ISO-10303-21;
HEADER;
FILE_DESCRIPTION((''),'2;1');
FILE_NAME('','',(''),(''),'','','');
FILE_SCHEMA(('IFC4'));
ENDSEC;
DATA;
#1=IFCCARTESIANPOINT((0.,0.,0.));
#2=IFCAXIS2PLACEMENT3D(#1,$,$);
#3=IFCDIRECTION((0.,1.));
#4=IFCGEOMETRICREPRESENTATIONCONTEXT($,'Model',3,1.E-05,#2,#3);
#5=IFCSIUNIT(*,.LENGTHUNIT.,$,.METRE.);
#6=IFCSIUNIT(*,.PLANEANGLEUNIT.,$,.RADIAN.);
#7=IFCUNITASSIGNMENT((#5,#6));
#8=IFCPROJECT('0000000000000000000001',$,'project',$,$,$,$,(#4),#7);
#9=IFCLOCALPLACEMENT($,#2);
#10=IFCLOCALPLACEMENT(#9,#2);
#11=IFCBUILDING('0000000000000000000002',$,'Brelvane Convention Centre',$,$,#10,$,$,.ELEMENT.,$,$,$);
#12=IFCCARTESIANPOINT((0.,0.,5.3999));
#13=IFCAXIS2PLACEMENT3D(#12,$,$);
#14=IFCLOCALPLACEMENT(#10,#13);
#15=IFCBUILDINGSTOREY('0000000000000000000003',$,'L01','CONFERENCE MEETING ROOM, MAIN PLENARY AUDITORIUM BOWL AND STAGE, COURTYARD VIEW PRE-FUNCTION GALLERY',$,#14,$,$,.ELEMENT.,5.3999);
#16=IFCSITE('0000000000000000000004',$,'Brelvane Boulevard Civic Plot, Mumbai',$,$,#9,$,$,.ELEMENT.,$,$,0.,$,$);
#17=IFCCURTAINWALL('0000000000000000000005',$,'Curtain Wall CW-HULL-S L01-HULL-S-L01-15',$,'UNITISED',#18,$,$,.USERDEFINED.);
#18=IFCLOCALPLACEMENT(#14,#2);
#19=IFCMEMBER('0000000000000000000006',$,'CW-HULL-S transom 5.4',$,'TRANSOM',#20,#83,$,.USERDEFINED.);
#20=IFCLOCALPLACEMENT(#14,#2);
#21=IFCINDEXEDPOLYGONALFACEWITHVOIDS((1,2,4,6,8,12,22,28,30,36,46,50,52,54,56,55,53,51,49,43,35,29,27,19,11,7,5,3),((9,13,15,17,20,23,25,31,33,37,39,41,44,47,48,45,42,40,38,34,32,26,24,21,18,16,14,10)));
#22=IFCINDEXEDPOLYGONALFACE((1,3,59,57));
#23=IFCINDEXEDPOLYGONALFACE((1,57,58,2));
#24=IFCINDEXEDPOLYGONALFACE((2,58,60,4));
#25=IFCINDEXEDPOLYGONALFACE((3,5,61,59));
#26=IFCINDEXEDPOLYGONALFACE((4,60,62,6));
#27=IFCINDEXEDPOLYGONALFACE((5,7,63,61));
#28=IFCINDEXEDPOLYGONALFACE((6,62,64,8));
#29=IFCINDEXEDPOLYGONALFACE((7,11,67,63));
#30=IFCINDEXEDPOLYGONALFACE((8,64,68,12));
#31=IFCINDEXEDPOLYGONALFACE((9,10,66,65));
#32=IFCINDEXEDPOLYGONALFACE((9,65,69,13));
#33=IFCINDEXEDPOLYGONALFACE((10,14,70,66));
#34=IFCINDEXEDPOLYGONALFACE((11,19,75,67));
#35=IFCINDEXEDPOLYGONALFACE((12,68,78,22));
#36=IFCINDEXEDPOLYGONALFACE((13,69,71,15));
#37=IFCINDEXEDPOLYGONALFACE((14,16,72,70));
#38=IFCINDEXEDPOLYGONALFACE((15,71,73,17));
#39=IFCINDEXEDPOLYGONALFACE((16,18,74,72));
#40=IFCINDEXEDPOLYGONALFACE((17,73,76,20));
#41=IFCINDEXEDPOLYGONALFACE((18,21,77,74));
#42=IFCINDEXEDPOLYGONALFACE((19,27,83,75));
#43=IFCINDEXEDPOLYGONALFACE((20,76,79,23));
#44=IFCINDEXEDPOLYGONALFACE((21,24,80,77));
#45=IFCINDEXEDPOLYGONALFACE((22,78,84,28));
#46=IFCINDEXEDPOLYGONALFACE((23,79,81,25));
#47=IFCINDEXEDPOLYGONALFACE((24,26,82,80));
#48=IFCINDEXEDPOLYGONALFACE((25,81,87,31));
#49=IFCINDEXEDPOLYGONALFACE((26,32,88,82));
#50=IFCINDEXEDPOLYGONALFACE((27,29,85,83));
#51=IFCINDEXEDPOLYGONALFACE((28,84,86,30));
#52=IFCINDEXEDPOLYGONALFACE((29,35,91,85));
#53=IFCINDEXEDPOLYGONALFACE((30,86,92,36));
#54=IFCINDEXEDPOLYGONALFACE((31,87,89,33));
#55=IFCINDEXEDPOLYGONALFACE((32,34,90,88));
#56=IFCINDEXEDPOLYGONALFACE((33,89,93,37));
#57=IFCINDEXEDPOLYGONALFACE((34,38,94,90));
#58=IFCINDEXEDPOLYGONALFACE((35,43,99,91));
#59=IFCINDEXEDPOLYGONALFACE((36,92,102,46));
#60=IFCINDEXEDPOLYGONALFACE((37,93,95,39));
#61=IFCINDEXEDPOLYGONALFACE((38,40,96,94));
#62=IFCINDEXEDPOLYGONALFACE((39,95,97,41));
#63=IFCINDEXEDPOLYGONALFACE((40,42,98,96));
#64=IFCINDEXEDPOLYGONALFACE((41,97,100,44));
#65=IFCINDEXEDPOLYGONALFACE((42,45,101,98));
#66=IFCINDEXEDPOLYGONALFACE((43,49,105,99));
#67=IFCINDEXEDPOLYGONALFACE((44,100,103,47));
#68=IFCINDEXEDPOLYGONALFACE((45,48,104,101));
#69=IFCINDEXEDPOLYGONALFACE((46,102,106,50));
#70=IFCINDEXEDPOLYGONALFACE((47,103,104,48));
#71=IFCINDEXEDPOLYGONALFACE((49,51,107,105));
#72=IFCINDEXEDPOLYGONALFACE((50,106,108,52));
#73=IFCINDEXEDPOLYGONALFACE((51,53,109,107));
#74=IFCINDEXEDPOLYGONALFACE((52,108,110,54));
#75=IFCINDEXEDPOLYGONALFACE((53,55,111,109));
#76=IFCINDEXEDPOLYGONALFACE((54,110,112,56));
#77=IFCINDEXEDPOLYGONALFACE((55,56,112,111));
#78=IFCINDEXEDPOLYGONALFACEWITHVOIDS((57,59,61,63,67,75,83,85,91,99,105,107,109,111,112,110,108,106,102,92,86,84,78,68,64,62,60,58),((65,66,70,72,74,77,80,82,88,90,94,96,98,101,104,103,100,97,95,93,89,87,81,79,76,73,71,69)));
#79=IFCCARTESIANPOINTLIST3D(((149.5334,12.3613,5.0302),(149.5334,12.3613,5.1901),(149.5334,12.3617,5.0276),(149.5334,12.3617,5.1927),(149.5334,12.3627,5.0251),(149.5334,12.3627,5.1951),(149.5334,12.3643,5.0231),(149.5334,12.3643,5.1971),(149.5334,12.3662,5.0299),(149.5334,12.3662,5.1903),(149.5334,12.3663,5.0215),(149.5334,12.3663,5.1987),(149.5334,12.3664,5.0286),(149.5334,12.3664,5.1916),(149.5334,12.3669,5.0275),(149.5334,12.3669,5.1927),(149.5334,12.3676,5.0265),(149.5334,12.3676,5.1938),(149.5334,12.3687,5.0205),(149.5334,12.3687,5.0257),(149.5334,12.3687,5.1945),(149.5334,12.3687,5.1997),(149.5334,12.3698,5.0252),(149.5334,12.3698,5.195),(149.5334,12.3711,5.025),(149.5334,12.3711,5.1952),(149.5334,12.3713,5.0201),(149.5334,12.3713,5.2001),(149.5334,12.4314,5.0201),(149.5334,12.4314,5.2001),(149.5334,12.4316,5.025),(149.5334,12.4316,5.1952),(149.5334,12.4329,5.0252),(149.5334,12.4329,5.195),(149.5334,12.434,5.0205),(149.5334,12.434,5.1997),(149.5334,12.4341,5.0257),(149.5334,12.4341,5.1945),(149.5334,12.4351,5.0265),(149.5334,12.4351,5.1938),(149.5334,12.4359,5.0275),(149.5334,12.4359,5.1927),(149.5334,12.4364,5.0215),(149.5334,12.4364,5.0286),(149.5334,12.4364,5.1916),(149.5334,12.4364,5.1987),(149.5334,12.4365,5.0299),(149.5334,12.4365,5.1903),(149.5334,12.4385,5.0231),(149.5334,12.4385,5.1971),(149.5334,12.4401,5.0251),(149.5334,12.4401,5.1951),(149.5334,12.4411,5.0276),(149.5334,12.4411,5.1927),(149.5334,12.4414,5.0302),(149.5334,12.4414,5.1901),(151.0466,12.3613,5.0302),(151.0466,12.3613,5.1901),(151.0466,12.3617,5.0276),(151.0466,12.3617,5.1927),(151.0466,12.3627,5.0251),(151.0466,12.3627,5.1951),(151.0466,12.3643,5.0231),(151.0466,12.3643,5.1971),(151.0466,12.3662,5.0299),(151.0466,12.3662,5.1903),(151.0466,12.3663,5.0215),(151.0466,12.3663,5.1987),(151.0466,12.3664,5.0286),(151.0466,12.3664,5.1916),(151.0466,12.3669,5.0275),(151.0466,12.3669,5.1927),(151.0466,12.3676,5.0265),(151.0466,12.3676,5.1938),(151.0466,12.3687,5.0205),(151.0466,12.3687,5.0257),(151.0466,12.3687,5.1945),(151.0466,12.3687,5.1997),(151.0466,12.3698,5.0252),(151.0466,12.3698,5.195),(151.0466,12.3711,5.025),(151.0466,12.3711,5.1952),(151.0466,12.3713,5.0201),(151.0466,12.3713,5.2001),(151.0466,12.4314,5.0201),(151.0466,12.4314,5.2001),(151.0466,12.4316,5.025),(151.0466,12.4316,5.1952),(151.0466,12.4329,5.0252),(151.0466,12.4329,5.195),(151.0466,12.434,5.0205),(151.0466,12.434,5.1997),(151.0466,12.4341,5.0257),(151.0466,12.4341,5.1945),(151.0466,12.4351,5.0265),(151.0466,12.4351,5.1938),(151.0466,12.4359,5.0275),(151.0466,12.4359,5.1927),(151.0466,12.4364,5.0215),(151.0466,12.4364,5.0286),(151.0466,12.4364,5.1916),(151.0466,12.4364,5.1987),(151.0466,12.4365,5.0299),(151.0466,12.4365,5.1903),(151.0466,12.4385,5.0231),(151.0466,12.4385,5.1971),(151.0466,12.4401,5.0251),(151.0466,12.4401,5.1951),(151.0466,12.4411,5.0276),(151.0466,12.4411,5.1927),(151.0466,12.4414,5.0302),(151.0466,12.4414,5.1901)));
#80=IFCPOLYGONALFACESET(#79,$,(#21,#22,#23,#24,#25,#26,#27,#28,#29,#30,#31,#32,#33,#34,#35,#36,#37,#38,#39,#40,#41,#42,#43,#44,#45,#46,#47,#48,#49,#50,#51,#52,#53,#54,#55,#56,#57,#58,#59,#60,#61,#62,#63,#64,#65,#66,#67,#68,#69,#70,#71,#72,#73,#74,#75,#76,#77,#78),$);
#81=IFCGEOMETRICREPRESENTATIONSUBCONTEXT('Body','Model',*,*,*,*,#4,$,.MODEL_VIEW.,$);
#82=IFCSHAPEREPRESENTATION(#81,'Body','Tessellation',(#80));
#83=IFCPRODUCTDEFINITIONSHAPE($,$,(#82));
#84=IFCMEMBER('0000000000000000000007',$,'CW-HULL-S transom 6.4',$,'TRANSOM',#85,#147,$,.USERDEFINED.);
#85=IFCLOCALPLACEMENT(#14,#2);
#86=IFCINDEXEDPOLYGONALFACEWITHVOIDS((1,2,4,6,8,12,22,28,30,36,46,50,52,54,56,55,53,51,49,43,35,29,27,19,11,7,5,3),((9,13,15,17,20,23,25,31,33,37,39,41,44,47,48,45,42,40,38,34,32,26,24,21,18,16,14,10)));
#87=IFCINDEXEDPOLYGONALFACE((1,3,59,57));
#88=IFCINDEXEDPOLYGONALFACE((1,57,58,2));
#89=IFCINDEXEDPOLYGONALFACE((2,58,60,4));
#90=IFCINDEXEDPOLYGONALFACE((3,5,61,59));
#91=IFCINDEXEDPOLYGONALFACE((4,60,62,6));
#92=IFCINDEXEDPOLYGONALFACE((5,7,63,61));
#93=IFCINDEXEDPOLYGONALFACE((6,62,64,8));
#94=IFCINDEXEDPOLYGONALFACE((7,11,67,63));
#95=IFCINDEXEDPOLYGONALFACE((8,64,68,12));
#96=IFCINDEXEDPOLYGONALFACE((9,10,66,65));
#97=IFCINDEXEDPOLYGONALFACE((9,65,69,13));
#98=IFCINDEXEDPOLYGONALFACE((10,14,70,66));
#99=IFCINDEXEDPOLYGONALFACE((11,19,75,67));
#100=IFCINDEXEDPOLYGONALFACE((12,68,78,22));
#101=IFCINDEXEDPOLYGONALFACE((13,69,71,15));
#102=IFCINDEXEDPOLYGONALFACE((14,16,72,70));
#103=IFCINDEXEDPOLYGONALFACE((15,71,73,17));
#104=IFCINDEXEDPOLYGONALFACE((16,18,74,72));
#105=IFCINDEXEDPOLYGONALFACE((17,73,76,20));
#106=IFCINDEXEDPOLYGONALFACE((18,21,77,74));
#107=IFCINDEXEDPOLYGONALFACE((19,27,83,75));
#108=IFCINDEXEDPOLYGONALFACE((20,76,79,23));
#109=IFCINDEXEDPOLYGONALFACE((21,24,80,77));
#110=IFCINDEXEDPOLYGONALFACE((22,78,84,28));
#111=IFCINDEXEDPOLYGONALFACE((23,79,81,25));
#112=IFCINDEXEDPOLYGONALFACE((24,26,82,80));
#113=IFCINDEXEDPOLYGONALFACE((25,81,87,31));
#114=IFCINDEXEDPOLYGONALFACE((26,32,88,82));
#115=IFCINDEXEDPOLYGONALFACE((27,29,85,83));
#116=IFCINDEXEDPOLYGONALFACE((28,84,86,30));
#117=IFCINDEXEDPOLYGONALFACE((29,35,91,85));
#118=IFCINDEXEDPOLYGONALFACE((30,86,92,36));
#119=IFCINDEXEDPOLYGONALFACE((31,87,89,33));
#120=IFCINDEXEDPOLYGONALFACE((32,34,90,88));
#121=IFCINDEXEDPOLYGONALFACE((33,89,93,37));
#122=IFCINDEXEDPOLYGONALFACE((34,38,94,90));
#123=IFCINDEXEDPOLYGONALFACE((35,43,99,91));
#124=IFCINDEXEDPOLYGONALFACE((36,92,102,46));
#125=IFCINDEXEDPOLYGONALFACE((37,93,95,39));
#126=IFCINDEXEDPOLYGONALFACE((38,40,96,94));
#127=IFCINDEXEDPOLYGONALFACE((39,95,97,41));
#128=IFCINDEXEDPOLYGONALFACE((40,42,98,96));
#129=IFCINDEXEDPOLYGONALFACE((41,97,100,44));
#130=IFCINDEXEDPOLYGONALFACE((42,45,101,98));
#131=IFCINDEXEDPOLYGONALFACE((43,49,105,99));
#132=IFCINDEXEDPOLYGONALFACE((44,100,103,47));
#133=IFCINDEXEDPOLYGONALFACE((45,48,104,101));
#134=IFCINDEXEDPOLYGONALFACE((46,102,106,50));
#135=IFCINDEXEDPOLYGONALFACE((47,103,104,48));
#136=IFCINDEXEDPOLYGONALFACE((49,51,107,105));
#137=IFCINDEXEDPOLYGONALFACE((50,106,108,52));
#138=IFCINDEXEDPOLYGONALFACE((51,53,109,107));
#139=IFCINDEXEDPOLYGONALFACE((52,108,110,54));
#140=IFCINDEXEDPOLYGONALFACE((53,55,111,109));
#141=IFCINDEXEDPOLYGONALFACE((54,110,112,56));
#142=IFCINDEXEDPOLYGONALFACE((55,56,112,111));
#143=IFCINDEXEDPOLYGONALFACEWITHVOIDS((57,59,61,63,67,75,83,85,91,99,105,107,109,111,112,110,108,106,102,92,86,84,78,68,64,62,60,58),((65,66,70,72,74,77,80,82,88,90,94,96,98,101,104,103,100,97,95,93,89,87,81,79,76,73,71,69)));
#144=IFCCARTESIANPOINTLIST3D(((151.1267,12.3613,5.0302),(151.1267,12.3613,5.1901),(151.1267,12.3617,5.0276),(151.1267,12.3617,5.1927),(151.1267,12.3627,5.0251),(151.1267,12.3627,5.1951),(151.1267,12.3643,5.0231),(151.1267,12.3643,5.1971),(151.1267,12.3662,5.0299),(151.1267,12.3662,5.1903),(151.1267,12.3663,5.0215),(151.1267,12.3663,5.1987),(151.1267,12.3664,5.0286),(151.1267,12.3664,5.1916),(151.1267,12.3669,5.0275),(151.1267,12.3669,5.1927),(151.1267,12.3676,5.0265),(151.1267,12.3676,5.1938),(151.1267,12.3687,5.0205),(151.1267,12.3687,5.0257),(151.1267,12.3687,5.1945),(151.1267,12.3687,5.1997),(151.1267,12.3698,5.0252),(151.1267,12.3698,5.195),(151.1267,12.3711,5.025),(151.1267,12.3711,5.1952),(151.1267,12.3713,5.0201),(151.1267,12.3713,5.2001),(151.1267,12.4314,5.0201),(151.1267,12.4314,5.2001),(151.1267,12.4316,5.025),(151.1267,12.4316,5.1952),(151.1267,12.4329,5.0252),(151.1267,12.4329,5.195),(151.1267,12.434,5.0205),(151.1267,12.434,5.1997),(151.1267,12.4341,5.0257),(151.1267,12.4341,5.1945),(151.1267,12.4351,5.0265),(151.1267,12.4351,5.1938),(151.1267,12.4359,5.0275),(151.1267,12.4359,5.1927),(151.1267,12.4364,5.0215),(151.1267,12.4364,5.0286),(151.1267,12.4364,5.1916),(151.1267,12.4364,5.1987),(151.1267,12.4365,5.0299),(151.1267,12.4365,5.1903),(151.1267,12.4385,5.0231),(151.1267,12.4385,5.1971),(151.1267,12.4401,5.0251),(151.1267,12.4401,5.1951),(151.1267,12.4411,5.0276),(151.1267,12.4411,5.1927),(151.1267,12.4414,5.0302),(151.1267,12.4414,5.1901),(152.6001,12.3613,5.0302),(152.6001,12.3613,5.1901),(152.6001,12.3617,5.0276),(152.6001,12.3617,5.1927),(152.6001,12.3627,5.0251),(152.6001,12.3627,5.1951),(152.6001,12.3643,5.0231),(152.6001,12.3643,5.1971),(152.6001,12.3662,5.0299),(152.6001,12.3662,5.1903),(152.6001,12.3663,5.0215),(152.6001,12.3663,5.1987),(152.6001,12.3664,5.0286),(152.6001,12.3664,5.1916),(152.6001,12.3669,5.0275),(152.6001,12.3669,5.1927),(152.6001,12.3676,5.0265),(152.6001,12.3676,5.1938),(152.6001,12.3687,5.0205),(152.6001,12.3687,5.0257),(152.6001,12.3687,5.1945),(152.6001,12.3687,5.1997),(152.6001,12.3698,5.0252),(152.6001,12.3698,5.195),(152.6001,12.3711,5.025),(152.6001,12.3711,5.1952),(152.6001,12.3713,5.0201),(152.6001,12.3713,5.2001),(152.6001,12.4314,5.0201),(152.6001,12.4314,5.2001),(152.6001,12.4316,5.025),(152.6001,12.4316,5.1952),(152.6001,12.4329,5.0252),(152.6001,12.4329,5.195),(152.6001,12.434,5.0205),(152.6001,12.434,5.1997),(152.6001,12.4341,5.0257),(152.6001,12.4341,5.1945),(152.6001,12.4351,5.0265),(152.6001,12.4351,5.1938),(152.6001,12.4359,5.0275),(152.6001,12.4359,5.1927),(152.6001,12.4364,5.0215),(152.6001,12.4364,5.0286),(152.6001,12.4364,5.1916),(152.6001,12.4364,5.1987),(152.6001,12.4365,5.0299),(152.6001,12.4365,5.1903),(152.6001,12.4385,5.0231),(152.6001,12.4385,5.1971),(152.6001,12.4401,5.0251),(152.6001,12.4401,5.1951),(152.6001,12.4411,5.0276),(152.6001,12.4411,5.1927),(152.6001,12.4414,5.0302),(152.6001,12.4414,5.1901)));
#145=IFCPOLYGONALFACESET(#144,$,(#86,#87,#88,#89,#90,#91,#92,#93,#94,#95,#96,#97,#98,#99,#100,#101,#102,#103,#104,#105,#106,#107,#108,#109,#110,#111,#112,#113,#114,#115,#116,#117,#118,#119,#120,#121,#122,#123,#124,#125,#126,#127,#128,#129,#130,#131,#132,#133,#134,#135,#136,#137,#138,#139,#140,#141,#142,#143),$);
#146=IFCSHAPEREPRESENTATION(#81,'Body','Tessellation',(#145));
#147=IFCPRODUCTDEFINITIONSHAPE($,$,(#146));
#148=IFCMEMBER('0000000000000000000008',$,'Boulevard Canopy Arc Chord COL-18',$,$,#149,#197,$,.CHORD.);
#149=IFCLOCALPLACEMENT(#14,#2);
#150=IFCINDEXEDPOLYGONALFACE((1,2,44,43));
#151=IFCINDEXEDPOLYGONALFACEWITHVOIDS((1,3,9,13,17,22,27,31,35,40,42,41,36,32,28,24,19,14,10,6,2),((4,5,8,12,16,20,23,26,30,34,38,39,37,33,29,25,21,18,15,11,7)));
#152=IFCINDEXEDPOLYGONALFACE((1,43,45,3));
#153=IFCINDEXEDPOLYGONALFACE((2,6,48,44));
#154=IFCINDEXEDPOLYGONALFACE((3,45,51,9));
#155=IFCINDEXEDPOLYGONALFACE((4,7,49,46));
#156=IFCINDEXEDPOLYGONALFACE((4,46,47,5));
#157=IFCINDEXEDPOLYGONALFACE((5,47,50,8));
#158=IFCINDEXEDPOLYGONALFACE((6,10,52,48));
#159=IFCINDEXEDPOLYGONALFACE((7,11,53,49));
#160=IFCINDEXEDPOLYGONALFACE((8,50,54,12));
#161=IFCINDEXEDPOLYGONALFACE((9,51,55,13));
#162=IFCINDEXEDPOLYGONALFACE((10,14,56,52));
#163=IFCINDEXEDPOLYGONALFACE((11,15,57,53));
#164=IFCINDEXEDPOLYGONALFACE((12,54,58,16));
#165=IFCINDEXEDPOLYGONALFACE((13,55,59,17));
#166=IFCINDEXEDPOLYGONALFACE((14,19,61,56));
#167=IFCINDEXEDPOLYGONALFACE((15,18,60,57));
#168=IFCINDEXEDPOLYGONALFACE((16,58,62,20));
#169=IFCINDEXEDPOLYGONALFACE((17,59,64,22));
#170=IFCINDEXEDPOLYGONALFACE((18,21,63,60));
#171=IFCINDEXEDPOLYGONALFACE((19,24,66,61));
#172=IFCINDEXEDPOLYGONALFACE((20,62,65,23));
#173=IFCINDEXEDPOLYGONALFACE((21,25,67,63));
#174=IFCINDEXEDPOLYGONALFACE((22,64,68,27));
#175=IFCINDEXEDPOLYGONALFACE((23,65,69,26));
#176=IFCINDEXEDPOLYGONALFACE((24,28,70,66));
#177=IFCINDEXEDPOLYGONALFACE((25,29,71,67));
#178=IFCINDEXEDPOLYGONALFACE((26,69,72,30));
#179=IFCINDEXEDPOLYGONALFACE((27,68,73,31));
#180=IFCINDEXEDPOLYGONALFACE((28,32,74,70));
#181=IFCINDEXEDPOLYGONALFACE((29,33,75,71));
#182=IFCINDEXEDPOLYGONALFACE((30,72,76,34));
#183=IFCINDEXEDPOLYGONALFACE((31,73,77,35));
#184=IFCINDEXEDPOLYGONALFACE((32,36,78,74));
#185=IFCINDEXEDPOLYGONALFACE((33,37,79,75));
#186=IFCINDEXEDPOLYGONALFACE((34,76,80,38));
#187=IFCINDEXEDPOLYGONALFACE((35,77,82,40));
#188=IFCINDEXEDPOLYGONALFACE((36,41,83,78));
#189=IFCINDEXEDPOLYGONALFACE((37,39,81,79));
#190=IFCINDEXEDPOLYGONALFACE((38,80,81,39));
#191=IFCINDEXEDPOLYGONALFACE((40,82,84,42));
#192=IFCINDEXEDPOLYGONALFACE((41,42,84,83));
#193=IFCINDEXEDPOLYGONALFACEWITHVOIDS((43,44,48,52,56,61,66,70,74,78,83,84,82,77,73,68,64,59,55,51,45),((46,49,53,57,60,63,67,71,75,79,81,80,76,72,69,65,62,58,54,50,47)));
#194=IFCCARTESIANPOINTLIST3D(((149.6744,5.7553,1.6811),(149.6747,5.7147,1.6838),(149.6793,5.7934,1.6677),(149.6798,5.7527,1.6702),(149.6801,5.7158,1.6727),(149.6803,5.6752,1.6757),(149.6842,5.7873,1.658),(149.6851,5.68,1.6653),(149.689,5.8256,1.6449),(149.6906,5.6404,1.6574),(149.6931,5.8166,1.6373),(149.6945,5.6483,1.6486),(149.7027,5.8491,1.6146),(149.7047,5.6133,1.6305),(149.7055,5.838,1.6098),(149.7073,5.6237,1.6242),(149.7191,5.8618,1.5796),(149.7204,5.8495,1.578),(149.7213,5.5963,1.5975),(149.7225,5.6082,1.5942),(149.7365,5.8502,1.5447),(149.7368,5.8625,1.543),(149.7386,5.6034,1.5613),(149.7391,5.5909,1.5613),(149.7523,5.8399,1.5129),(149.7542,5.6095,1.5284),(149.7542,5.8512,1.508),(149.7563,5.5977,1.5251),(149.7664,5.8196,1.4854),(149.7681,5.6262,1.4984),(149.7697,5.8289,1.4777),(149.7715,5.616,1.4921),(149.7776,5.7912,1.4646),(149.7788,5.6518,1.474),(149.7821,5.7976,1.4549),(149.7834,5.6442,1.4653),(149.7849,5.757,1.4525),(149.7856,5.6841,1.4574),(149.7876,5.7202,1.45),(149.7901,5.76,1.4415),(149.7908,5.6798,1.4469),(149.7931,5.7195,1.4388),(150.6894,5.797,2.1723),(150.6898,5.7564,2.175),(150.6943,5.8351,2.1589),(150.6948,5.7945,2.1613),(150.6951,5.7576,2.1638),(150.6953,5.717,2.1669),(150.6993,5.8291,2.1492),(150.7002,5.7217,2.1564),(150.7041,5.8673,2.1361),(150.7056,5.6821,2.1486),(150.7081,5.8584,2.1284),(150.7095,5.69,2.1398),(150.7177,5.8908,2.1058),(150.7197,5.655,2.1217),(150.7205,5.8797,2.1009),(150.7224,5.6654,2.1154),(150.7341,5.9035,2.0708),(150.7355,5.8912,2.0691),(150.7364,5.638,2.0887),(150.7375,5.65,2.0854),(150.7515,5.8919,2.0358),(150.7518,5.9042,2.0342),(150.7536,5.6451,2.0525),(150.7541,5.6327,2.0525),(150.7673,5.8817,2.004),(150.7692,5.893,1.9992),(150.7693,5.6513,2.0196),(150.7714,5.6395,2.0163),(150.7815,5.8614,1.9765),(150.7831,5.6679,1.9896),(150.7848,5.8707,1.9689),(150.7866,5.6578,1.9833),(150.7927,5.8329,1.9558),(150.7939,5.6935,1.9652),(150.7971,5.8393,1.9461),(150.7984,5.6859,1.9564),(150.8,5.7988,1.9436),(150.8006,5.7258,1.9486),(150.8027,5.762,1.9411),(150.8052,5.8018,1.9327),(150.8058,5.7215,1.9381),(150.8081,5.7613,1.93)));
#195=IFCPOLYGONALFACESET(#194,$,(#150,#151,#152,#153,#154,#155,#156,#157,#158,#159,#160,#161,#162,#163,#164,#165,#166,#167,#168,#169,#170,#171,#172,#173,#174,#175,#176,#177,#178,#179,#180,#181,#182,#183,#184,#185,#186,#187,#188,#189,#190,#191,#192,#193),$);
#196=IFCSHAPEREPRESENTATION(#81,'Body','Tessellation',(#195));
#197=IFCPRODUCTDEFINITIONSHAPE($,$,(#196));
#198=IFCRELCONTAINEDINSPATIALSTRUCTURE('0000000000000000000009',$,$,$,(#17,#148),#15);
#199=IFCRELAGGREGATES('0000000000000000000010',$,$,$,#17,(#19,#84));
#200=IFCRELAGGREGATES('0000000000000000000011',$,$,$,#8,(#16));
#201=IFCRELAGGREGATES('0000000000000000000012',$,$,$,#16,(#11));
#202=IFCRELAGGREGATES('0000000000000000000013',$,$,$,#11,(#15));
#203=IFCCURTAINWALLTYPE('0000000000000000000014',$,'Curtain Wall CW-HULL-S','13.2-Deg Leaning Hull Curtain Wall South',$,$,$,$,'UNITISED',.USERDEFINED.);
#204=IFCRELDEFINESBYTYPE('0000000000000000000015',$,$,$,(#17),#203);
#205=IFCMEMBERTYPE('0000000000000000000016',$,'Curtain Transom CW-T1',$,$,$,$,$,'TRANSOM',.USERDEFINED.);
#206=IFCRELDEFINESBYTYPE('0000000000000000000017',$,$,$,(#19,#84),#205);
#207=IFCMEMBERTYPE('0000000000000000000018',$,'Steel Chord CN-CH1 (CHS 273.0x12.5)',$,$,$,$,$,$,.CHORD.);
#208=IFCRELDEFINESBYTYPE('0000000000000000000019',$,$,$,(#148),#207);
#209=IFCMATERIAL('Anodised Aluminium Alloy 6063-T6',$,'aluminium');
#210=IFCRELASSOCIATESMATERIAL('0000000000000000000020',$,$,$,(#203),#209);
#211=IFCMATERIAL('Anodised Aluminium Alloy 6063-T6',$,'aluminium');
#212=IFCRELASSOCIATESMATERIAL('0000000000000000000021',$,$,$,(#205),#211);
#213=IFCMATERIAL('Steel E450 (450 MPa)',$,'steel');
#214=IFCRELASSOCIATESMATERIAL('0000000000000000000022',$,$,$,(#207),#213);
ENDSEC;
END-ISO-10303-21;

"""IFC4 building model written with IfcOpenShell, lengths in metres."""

from ifc_helpers import new_model, si_unit, direction, frame, origin, origin_2d, place, context, subcontext, project, spatial, hollow_rectangle, hollow_circle, extrude, material, material_profile, profile_set, type_object, element, aggregate, save


model = new_model("IFC4")

# Units and contexts
model_context = context("Model", 3, precision=1e-05, world=origin(), true_north=direction((0.0, 1.0)))
body_context = subcontext(model_context, "Body", "Model", "MODEL_VIEW")
ifc_project = project(units=[si_unit("LENGTHUNIT", "METRE"), si_unit("PLANEANGLEUNIT", "RADIAN")], contexts=[model_context])

# Site, building, storey
site_placement = place(None, origin())
site = spatial("IfcSite", under=ifc_project, at=site_placement, Name="Brelvane Boulevard Civic Plot, Mumbai", CompositionType="ELEMENT", RefElevation=0.0)
building_placement = place(site_placement, origin())
building = spatial("IfcBuilding", under=site, at=building_placement, Name="Brelvane Convention Centre", CompositionType="ELEMENT")
storey_placement = place(building_placement, frame((0.0, 0.0, 5.3999)))
storey = spatial("IfcBuildingStorey", under=building, at=storey_placement, Name="L01", Description="CONFERENCE MEETING ROOM, MAIN PLENARY AUDITORIUM BOWL AND STAGE, COURTYARD VIEW PRE-FUNCTION GALLERY", CompositionType="ELEMENT", Elevation=5.3999)

# Curtain wall, members
ifc_material_1 = material(Name="Anodised Aluminium Alloy 6063-T6", Category="aluminium")
curtain_wall_type = type_object("IfcCurtainWallType", Name="Curtain Wall CW-HULL-S", Description="13.2-Deg Leaning Hull Curtain Wall South", ElementType="UNITISED", PredefinedType="USERDEFINED", material=ifc_material_1)
curtain_wall_placement = place(storey_placement, origin())
curtain_wall = element("IfcCurtainWall", 1, at=curtain_wall_placement, inside=storey, type_object=curtain_wall_type, Name="Curtain Wall CW-HULL-S L01-HULL-S-L01-15", ObjectType="UNITISED", PredefinedType="USERDEFINED")
ifc_material_2 = material(Name="Anodised Aluminium Alloy 6063-T6", Category="aluminium")
ifc_material_profile_1 = material_profile(ifc_material_2, hollow_rectangle(XDim=0.0801, YDim=0.1799, WallThickness=0.0049, InnerFilletRadius=0.0049, OuterFilletRadius=0.01, at=origin_2d()), Name="ALU-T 180x80x5.0")
ifc_profile_set_1 = profile_set([ifc_material_profile_1], Name="Anodised Aluminium Alloy 6063-T6")
member_type_1 = type_object("IfcMemberType", Name="Curtain Transom CW-T1", ElementType="TRANSOM", PredefinedType="USERDEFINED", material=ifc_profile_set_1)
member_1_placement = place(storey_placement, frame((149.5334, 12.4014, 5.1101), z_axis=(1.0, 0.0, 0.0), x_axis=(0.0, 1.0, 0.0)))
member_1 = element("IfcMember", 2, at=member_1_placement, type_object=member_type_1, Name="CW-HULL-S transom 5.4", ObjectType="TRANSOM", PredefinedType="USERDEFINED", context=body_context, shape_type="SweptSolid", body=[
    extrude(hollow_rectangle(XDim=0.0801, YDim=0.1799, WallThickness=0.0049, InnerFilletRadius=0.0049, OuterFilletRadius=0.01, at=origin_2d()), origin(), (0.0, 0.0, 1.0), 1.5132),
])
member_2_placement = place(storey_placement, frame((151.1267, 12.4014, 5.1101), z_axis=(1.0, 0.0, 0.0), x_axis=(0.0, 1.0, 0.0)))
member_2 = element("IfcMember", 3, at=member_2_placement, type_object=member_type_1, Name="CW-HULL-S transom 6.4", ObjectType="TRANSOM", PredefinedType="USERDEFINED", context=body_context, shape_type="SweptSolid", body=[
    extrude(hollow_rectangle(XDim=0.0801, YDim=0.1799, WallThickness=0.0049, InnerFilletRadius=0.0049, OuterFilletRadius=0.01, at=origin_2d()), origin(), (0.0, 0.0, 1.0), 1.4734),
])
aggregate(curtain_wall, [member_1, member_2])

# Member
ifc_material_3 = material(Name="Steel E450 (450 MPa)", Category="steel")
ifc_material_profile_2 = material_profile(ifc_material_3, hollow_circle(Radius=0.1365, WallThickness=0.0125, at=origin_2d()), Name="CHS 273.0x12.5")
ifc_profile_set_2 = profile_set([ifc_material_profile_2], Name="Steel E450 (450 MPa)")
member_type_2 = type_object("IfcMemberType", Name="Steel Chord CN-CH1 (CHS 273.0x12.5)", PredefinedType="CHORD", material=ifc_profile_set_2)
member_3_placement = place(storey_placement, frame((150.7485, 5.769, 2.0525), z_axis=(-0.899538, -0.036994, -0.435274), x_axis=(0.041091, -0.999155, 0.0)))
element("IfcMember", 4, at=member_3_placement, inside=storey, type_object=member_type_2, Name="Boulevard Canopy Arc Chord COL-18", PredefinedType="CHORD", context=body_context, shape_type="SweptSolid", body=[
    extrude(hollow_circle(Radius=0.1365, WallThickness=0.0125, at=origin_2d()), origin(), (0.0, 0.0, 1.0), 1.1284),
])

save(model, "model.ifc")
